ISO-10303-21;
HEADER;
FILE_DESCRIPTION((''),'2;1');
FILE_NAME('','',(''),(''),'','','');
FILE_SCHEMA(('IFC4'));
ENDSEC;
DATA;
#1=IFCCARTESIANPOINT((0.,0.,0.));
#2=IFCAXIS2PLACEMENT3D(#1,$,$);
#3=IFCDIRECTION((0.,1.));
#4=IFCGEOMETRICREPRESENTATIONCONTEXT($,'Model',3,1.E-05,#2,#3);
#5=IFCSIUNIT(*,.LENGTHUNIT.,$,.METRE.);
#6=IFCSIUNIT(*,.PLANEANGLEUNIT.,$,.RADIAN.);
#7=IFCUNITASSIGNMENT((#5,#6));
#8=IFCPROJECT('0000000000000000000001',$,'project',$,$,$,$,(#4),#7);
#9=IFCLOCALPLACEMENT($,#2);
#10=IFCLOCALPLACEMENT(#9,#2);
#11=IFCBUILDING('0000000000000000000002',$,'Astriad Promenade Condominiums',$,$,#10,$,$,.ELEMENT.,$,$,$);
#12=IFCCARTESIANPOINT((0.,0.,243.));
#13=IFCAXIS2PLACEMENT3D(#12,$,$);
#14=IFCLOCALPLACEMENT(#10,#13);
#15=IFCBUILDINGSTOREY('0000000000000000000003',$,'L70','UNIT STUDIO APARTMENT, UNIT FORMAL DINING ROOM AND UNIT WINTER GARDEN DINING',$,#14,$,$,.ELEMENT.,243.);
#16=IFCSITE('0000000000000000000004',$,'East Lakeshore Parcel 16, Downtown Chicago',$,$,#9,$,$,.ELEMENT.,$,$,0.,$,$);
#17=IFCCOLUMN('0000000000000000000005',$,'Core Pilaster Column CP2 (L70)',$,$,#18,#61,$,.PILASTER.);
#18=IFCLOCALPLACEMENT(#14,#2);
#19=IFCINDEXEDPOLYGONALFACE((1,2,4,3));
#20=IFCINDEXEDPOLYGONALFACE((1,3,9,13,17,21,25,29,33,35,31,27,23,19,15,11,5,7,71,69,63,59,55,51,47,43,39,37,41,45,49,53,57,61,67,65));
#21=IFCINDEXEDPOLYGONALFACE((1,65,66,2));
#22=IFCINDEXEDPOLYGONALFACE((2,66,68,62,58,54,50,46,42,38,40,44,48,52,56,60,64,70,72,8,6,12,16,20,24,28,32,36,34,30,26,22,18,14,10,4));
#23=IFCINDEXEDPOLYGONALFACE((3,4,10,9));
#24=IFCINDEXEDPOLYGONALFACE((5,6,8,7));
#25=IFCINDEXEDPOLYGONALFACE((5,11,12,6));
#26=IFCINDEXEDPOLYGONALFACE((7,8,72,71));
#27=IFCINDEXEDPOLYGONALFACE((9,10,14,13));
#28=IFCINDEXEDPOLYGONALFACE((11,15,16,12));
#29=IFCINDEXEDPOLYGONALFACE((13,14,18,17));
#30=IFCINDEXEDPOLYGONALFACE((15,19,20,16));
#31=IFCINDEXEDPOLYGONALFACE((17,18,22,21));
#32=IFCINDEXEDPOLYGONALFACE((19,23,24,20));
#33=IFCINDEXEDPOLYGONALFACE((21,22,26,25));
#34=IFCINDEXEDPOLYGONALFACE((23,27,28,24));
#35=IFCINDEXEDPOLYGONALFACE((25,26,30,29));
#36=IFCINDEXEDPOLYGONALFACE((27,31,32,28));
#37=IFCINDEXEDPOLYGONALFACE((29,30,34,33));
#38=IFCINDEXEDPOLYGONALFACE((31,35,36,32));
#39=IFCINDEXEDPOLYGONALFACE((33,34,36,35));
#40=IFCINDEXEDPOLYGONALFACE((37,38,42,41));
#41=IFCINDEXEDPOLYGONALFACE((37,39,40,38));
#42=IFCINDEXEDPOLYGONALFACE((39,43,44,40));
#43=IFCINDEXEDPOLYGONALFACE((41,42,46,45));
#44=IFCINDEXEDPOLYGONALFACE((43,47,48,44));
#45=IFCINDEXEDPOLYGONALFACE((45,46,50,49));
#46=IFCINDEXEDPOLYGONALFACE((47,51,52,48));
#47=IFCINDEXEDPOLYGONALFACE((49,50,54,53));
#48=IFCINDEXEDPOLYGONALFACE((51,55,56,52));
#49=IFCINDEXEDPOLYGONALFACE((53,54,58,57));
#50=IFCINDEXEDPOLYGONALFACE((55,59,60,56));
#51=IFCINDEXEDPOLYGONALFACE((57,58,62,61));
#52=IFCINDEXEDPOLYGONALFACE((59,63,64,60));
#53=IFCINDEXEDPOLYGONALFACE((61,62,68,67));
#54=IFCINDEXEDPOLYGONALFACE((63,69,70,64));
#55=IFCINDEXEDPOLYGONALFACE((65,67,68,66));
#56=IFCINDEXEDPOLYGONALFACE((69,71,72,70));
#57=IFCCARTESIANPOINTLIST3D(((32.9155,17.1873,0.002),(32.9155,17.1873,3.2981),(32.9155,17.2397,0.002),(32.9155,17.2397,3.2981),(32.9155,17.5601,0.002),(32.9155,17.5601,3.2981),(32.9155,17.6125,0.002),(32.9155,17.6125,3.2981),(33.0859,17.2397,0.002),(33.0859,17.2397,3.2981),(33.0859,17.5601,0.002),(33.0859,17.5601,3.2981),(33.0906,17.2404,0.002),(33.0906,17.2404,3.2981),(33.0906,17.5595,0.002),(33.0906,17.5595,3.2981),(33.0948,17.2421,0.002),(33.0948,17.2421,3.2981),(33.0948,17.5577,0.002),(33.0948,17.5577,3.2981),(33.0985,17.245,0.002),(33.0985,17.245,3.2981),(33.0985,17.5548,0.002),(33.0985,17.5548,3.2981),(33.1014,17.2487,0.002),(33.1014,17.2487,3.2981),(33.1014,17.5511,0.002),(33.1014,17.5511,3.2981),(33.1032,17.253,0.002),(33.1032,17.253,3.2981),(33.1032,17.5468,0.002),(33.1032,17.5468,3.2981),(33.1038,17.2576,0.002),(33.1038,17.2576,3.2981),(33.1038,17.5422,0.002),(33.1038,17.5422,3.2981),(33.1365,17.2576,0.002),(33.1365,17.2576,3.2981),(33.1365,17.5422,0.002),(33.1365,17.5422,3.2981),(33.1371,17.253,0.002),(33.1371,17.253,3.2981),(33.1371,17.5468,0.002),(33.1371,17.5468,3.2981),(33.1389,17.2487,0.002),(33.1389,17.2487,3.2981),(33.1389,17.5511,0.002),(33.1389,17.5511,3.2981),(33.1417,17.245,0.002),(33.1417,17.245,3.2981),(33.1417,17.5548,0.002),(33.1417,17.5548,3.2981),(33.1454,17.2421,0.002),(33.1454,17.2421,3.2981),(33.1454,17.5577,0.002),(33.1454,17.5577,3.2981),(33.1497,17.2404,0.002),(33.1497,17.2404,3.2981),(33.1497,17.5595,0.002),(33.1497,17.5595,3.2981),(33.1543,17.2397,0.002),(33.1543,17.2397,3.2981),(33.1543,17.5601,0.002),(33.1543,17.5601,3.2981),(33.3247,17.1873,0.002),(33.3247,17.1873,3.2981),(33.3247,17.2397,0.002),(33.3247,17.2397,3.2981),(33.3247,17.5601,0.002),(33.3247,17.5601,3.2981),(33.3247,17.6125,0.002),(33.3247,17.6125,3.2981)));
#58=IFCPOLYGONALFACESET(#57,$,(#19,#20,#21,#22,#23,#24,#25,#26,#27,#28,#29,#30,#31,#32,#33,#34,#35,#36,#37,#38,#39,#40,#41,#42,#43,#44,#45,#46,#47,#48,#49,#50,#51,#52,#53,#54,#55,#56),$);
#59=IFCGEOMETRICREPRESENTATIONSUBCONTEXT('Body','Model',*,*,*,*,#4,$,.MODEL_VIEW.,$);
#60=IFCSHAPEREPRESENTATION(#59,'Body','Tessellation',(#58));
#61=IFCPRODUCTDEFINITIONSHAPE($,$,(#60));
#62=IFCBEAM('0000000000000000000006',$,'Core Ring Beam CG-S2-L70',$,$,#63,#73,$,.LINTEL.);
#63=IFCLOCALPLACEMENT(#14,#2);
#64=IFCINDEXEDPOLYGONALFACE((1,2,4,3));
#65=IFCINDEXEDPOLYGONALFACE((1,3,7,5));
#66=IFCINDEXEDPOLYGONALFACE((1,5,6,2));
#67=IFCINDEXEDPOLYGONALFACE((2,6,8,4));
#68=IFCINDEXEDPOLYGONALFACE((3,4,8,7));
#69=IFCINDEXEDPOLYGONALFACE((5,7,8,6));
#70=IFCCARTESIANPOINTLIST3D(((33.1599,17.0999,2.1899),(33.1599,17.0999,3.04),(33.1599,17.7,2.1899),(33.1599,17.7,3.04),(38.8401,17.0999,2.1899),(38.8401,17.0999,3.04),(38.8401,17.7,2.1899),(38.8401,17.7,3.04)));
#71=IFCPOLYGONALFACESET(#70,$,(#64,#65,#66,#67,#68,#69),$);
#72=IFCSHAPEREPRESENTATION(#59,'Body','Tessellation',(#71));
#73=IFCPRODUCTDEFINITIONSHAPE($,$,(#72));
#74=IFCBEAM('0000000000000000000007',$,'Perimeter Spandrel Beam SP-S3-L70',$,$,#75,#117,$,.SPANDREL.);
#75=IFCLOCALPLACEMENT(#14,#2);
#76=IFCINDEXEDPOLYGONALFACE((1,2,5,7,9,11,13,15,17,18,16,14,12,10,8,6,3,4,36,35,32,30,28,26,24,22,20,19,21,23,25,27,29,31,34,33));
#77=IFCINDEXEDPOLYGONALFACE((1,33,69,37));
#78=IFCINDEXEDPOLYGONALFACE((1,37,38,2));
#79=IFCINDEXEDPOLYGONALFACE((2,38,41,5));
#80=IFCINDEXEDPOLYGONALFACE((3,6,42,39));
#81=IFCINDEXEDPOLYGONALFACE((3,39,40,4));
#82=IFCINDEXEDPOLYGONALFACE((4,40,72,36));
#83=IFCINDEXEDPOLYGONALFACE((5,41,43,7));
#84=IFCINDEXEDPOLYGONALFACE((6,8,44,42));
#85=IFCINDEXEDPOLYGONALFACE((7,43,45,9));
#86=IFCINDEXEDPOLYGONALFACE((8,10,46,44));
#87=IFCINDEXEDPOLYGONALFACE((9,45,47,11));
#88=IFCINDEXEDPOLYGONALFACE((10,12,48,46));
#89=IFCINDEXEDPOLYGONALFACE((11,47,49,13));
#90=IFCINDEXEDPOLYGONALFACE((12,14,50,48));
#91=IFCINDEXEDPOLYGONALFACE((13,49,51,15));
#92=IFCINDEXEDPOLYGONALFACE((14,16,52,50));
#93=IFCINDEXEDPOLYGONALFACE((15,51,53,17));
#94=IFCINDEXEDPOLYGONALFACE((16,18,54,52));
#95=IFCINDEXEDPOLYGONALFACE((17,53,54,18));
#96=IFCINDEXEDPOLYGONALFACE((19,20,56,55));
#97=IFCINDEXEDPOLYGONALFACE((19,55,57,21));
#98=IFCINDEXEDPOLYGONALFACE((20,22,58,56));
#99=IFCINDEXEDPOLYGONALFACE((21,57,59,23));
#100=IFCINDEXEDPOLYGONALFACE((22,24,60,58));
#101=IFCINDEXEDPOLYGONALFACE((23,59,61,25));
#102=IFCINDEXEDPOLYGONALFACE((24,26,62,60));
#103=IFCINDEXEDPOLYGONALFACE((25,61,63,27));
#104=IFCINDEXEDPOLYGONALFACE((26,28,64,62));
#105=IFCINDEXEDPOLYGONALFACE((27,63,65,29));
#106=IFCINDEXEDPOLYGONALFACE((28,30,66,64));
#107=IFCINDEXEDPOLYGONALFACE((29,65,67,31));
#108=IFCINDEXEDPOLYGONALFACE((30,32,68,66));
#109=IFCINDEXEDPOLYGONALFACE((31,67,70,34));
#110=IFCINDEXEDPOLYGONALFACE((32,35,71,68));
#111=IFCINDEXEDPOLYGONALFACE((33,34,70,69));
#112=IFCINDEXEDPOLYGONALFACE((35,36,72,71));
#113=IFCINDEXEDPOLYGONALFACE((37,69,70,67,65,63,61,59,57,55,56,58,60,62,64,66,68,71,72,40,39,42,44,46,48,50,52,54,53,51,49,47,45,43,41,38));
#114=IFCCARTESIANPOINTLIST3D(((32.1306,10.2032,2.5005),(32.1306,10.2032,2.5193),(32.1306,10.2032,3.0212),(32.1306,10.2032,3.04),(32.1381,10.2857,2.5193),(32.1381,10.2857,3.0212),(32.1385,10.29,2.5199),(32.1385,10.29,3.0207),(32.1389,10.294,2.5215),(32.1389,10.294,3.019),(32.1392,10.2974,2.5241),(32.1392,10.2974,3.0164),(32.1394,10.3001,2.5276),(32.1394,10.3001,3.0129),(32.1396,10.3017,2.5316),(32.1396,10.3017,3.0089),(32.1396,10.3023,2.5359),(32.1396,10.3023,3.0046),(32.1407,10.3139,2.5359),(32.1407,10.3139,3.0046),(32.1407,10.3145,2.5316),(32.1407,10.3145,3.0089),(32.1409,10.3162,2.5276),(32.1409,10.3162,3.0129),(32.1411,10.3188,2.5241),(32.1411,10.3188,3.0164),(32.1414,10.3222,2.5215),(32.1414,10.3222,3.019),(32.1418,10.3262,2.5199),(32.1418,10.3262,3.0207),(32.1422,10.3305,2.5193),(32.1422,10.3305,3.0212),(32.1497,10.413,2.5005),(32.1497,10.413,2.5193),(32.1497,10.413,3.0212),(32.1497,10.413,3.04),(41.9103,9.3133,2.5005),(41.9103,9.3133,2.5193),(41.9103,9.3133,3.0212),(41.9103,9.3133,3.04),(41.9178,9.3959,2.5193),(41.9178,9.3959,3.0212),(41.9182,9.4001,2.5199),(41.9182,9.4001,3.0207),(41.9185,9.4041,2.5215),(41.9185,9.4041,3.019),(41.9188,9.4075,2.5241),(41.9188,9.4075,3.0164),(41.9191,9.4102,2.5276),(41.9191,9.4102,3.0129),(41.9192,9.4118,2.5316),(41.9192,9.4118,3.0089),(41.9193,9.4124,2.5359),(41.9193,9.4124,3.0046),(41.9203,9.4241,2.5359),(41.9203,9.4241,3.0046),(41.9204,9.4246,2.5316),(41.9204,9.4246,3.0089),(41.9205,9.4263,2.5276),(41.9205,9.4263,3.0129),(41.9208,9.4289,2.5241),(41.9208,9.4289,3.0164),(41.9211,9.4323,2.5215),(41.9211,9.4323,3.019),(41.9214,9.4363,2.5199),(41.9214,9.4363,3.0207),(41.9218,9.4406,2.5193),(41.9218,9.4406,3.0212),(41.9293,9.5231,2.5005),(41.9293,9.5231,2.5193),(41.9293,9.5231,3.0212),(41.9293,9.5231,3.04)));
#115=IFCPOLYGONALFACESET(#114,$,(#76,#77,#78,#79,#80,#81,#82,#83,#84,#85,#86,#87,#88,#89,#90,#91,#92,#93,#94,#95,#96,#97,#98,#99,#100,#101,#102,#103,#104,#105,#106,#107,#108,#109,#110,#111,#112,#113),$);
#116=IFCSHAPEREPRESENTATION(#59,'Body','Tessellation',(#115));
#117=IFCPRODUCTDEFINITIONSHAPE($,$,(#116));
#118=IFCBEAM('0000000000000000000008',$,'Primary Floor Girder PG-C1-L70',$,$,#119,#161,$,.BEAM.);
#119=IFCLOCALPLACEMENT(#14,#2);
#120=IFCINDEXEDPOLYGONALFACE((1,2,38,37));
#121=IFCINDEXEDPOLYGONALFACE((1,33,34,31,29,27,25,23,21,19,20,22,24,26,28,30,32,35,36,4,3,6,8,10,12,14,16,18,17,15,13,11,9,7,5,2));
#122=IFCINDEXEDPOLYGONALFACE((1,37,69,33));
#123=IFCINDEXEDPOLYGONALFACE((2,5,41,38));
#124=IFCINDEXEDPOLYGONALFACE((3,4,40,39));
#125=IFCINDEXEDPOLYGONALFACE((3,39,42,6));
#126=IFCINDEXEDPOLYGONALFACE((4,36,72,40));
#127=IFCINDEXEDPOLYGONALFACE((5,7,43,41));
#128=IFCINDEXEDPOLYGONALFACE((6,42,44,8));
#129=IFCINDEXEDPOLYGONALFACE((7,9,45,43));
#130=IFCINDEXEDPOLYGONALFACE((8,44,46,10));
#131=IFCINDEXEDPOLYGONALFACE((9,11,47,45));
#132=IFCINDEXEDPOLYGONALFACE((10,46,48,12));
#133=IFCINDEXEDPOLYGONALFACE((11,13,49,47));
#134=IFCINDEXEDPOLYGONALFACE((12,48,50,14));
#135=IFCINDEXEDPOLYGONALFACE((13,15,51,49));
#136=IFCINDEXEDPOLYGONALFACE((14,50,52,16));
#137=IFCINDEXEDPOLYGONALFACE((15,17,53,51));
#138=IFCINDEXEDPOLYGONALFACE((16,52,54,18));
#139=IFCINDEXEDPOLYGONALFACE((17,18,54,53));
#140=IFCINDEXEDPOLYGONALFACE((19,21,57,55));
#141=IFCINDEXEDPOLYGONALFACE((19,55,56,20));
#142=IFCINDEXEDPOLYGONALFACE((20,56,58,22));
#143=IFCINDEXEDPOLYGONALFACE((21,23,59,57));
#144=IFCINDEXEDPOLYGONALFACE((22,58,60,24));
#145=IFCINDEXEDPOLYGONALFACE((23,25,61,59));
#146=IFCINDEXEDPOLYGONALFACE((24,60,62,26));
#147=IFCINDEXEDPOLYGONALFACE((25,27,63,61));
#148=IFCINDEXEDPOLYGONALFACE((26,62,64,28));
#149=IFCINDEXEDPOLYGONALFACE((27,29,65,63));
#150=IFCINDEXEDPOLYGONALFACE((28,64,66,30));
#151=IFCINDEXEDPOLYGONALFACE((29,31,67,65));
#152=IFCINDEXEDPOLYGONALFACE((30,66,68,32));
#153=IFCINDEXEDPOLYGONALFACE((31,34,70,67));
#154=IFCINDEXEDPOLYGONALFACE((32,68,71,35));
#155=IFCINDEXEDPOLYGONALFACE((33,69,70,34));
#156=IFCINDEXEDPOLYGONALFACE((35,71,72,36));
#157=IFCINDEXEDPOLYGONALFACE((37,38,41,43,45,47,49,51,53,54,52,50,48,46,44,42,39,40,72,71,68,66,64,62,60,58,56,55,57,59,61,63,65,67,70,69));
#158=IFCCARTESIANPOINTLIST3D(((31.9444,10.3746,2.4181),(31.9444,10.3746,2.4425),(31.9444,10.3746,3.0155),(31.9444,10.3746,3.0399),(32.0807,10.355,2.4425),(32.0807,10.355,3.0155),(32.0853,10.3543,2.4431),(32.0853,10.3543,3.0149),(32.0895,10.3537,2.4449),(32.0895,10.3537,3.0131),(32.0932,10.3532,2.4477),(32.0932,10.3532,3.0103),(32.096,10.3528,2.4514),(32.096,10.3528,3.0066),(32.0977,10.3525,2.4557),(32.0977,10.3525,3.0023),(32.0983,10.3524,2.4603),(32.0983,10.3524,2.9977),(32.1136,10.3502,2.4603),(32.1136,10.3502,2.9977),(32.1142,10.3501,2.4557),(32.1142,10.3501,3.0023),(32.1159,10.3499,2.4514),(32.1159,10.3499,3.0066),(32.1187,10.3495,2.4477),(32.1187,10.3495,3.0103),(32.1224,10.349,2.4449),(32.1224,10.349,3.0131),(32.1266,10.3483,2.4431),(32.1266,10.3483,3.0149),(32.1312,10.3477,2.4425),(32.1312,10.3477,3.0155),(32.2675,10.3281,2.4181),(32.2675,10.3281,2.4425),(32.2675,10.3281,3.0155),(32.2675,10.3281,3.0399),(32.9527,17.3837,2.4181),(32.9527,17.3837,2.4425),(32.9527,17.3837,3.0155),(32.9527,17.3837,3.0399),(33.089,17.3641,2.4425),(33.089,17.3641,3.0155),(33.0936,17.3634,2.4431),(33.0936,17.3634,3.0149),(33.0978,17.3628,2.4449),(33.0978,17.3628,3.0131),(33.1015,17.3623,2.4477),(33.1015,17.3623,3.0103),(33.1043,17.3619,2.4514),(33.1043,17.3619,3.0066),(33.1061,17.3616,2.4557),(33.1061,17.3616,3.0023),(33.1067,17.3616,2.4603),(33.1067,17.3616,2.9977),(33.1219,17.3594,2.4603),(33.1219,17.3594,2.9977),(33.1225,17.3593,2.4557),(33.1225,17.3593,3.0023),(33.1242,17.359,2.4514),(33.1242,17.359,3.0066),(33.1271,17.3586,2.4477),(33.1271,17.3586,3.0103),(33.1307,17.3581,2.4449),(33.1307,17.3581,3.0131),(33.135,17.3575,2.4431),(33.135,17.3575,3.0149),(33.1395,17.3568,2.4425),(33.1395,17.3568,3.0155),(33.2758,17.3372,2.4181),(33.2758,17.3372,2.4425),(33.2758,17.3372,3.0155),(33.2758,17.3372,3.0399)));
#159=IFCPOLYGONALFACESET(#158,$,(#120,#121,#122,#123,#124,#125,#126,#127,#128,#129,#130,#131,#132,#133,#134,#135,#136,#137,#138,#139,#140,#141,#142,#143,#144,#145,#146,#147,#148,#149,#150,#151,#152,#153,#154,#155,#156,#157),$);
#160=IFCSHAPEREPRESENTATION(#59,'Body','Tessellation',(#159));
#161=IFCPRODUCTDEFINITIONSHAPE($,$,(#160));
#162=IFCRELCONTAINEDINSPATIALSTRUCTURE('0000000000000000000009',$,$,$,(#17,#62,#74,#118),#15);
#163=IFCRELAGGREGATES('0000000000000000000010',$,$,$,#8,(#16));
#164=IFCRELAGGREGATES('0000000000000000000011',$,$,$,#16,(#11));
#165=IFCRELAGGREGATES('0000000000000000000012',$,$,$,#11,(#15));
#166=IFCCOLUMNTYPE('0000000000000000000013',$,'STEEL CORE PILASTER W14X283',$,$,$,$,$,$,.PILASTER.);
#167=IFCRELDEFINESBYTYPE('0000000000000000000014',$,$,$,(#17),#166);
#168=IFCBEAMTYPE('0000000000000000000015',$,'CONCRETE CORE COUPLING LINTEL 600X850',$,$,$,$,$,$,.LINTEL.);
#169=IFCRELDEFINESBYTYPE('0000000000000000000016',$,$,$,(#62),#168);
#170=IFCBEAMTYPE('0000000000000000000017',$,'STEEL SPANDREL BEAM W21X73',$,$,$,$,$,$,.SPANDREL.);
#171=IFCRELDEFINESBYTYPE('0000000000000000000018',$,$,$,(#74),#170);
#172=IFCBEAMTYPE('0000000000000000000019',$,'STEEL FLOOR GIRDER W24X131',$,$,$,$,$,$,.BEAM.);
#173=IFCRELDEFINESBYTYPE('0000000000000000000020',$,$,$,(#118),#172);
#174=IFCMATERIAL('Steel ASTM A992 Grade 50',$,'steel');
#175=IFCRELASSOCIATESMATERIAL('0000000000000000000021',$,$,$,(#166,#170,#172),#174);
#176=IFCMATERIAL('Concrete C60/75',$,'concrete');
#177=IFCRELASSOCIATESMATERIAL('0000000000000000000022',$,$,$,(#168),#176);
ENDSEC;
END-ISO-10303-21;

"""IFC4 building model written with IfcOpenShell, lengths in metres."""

from ifc_helpers import new_model, si_unit, direction, frame, origin, origin_2d, place, context, subcontext, project, spatial, rectangle, i_section, extrude, source, transform, mapped, material, material_profile, profile_set, type_object, type_shapes, element, save


model = new_model("IFC4")

# Units and contexts
model_context = context("Model", 3, precision=1e-05, world=origin(), true_north=direction((0.0, 1.0)))
body_context = subcontext(model_context, "Body", "Model", "MODEL_VIEW")
ifc_project = project(units=[si_unit("LENGTHUNIT", "METRE"), si_unit("PLANEANGLEUNIT", "RADIAN")], contexts=[model_context])

# Site, building, storey
site_placement = place(None, origin())
site = spatial("IfcSite", under=ifc_project, at=site_placement, Name="East Lakeshore Parcel 16, Downtown Chicago", CompositionType="ELEMENT", RefElevation=0.0)
building_placement = place(site_placement, origin())
building = spatial("IfcBuilding", under=site, at=building_placement, Name="Astriad Promenade Condominiums", CompositionType="ELEMENT")
storey_placement = place(building_placement, frame((0.0, 0.0, 243.0)))
storey = spatial("IfcBuildingStorey", under=building, at=storey_placement, Name="L70", Description="UNIT STUDIO APARTMENT, UNIT FORMAL DINING ROOM AND UNIT WINTER GARDEN DINING", CompositionType="ELEMENT", Elevation=243.0)

# Column
ifc_material_1 = material(Name="Steel ASTM A992 Grade 50", Category="steel")
ifc_material_profile_1 = material_profile(ifc_material_1, i_section(OverallWidth=0.4092, OverallDepth=0.4253, WebThickness=0.0327, FlangeThickness=0.0525, FilletRadius=0.0178, at=origin_2d()), Name="W14X283")
ifc_profile_set_1 = profile_set([ifc_material_profile_1], Name="Steel ASTM A992 Grade 50")
column_type = type_object("IfcColumnType", Name="STEEL CORE PILASTER W14X283", PredefinedType="PILASTER", material=ifc_profile_set_1)
shared_shape_1 = source(origin(), body_context, "Body", "SweptSolid", [
    extrude(i_section(OverallWidth=0.4092, OverallDepth=0.4253, WebThickness=0.0327, FlangeThickness=0.0525, FilletRadius=0.0178, at=origin_2d()), origin(), (0.0, 0.0, 1.0), 3.2961),
])
type_shapes(column_type, [shared_shape_1])
column_placement = place(storey_placement, frame((33.1201, 17.3999, 0.002), z_axis=(0.0, 0.0, 1.0), x_axis=(1.0, 0.0, 0.0)))
element("IfcColumn", 1, at=column_placement, inside=storey, type_object=column_type, Name="Core Pilaster Column CP2 (L70)", PredefinedType="PILASTER", context=body_context, shape_type="MappedRepresentation", body=[
    mapped(shared_shape_1, transform((0.0, 0.0, 0.0), scale=1.0)),
])

# Beams
ifc_material_2 = material(Name="Concrete C60/75", Category="concrete")
ifc_material_profile_2 = material_profile(ifc_material_2, rectangle(XDim=0.6001, YDim=0.8501, at=origin_2d()), Name="RC-BM-600X850")
ifc_profile_set_2 = profile_set([ifc_material_profile_2], Name="Concrete C60/75")
beam_type_1 = type_object("IfcBeamType", Name="CONCRETE CORE COUPLING LINTEL 600X850", PredefinedType="LINTEL", material=ifc_profile_set_2)
shared_shape_2 = source(origin(), body_context, "Body", "SweptSolid", [
    extrude(rectangle(XDim=0.6001, YDim=0.8501, at=origin_2d()), origin(), (0.0, 0.0, 1.0), 5.6802),
])
type_shapes(beam_type_1, [shared_shape_2])
beam_1_placement = place(storey_placement, frame((33.1599, 17.3999, 2.615), z_axis=(1.0, 0.0, 0.0), x_axis=(0.0, 1.0, 0.0)))
element("IfcBeam", 2, at=beam_1_placement, inside=storey, type_object=beam_type_1, Name="Core Ring Beam CG-S2-L70", PredefinedType="LINTEL", context=body_context, shape_type="MappedRepresentation", body=[
    mapped(shared_shape_2, transform((0.0, 0.0, 0.0), scale=1.0)),
])
ifc_material_profile_3 = material_profile(ifc_material_1, i_section(OverallWidth=0.2107, OverallDepth=0.5396, WebThickness=0.0117, FlangeThickness=0.0188, FilletRadius=0.0166, at=origin_2d()), Name="W21X73")
ifc_profile_set_3 = profile_set([ifc_material_profile_3], Name="Steel ASTM A992 Grade 50")
beam_type_2 = type_object("IfcBeamType", Name="STEEL SPANDREL BEAM W21X73", PredefinedType="SPANDREL", material=ifc_profile_set_3)
shared_shape_3 = source(origin(), body_context, "Body", "SweptSolid", [
    extrude(i_section(OverallWidth=0.2107, OverallDepth=0.5396, WebThickness=0.0117, FlangeThickness=0.0188, FilletRadius=0.0166, at=origin_2d()), origin(), (0.0, 0.0, 1.0), 9.8201),
])
type_shapes(beam_type_2, [shared_shape_3])
beam_2_placement = place(storey_placement, frame((32.1401, 10.3081, 2.7703), z_axis=(0.995886, -0.090619, 0.0), x_axis=(0.090619, 0.995886, 0.0)))
element("IfcBeam", 3, at=beam_2_placement, inside=storey, type_object=beam_type_2, Name="Perimeter Spandrel Beam SP-S3-L70", PredefinedType="SPANDREL", context=body_context, shape_type="MappedRepresentation", body=[
    mapped(shared_shape_3, transform((0.0, 0.0, 0.0), scale=1.0)),
])
ifc_material_profile_4 = material_profile(ifc_material_1, i_section(OverallWidth=0.3264, OverallDepth=0.6218, WebThickness=0.0154, FlangeThickness=0.0244, FilletRadius=0.0178, at=origin_2d()), Name="W24X131")
ifc_profile_set_4 = profile_set([ifc_material_profile_4], Name="Steel ASTM A992 Grade 50")
beam_type_3 = type_object("IfcBeamType", Name="STEEL FLOOR GIRDER W24X131", PredefinedType="BEAM", material=ifc_profile_set_4)
shared_shape_4 = source(origin(), body_context, "Body", "SweptSolid", [
    extrude(i_section(OverallWidth=0.3264, OverallDepth=0.6218, WebThickness=0.0154, FlangeThickness=0.0244, FilletRadius=0.0178, at=origin_2d()), origin(), (0.0, 0.0, 1.0), 7.0813),
])
beam_3_placement = place(storey_placement, frame((32.106, 10.3513, 2.729), z_axis=(0.142391, 0.98981, 0.0), x_axis=(-0.98981, 0.142391, 0.0)))
element("IfcBeam", 4, at=beam_3_placement, inside=storey, type_object=beam_type_3, Name="Primary Floor Girder PG-C1-L70", PredefinedType="BEAM", context=body_context, shape_type="MappedRepresentation", body=[
    mapped(shared_shape_4, transform((0.0, 0.0, 0.0), scale=1.0)),
])

save(model, "model.ifc")
